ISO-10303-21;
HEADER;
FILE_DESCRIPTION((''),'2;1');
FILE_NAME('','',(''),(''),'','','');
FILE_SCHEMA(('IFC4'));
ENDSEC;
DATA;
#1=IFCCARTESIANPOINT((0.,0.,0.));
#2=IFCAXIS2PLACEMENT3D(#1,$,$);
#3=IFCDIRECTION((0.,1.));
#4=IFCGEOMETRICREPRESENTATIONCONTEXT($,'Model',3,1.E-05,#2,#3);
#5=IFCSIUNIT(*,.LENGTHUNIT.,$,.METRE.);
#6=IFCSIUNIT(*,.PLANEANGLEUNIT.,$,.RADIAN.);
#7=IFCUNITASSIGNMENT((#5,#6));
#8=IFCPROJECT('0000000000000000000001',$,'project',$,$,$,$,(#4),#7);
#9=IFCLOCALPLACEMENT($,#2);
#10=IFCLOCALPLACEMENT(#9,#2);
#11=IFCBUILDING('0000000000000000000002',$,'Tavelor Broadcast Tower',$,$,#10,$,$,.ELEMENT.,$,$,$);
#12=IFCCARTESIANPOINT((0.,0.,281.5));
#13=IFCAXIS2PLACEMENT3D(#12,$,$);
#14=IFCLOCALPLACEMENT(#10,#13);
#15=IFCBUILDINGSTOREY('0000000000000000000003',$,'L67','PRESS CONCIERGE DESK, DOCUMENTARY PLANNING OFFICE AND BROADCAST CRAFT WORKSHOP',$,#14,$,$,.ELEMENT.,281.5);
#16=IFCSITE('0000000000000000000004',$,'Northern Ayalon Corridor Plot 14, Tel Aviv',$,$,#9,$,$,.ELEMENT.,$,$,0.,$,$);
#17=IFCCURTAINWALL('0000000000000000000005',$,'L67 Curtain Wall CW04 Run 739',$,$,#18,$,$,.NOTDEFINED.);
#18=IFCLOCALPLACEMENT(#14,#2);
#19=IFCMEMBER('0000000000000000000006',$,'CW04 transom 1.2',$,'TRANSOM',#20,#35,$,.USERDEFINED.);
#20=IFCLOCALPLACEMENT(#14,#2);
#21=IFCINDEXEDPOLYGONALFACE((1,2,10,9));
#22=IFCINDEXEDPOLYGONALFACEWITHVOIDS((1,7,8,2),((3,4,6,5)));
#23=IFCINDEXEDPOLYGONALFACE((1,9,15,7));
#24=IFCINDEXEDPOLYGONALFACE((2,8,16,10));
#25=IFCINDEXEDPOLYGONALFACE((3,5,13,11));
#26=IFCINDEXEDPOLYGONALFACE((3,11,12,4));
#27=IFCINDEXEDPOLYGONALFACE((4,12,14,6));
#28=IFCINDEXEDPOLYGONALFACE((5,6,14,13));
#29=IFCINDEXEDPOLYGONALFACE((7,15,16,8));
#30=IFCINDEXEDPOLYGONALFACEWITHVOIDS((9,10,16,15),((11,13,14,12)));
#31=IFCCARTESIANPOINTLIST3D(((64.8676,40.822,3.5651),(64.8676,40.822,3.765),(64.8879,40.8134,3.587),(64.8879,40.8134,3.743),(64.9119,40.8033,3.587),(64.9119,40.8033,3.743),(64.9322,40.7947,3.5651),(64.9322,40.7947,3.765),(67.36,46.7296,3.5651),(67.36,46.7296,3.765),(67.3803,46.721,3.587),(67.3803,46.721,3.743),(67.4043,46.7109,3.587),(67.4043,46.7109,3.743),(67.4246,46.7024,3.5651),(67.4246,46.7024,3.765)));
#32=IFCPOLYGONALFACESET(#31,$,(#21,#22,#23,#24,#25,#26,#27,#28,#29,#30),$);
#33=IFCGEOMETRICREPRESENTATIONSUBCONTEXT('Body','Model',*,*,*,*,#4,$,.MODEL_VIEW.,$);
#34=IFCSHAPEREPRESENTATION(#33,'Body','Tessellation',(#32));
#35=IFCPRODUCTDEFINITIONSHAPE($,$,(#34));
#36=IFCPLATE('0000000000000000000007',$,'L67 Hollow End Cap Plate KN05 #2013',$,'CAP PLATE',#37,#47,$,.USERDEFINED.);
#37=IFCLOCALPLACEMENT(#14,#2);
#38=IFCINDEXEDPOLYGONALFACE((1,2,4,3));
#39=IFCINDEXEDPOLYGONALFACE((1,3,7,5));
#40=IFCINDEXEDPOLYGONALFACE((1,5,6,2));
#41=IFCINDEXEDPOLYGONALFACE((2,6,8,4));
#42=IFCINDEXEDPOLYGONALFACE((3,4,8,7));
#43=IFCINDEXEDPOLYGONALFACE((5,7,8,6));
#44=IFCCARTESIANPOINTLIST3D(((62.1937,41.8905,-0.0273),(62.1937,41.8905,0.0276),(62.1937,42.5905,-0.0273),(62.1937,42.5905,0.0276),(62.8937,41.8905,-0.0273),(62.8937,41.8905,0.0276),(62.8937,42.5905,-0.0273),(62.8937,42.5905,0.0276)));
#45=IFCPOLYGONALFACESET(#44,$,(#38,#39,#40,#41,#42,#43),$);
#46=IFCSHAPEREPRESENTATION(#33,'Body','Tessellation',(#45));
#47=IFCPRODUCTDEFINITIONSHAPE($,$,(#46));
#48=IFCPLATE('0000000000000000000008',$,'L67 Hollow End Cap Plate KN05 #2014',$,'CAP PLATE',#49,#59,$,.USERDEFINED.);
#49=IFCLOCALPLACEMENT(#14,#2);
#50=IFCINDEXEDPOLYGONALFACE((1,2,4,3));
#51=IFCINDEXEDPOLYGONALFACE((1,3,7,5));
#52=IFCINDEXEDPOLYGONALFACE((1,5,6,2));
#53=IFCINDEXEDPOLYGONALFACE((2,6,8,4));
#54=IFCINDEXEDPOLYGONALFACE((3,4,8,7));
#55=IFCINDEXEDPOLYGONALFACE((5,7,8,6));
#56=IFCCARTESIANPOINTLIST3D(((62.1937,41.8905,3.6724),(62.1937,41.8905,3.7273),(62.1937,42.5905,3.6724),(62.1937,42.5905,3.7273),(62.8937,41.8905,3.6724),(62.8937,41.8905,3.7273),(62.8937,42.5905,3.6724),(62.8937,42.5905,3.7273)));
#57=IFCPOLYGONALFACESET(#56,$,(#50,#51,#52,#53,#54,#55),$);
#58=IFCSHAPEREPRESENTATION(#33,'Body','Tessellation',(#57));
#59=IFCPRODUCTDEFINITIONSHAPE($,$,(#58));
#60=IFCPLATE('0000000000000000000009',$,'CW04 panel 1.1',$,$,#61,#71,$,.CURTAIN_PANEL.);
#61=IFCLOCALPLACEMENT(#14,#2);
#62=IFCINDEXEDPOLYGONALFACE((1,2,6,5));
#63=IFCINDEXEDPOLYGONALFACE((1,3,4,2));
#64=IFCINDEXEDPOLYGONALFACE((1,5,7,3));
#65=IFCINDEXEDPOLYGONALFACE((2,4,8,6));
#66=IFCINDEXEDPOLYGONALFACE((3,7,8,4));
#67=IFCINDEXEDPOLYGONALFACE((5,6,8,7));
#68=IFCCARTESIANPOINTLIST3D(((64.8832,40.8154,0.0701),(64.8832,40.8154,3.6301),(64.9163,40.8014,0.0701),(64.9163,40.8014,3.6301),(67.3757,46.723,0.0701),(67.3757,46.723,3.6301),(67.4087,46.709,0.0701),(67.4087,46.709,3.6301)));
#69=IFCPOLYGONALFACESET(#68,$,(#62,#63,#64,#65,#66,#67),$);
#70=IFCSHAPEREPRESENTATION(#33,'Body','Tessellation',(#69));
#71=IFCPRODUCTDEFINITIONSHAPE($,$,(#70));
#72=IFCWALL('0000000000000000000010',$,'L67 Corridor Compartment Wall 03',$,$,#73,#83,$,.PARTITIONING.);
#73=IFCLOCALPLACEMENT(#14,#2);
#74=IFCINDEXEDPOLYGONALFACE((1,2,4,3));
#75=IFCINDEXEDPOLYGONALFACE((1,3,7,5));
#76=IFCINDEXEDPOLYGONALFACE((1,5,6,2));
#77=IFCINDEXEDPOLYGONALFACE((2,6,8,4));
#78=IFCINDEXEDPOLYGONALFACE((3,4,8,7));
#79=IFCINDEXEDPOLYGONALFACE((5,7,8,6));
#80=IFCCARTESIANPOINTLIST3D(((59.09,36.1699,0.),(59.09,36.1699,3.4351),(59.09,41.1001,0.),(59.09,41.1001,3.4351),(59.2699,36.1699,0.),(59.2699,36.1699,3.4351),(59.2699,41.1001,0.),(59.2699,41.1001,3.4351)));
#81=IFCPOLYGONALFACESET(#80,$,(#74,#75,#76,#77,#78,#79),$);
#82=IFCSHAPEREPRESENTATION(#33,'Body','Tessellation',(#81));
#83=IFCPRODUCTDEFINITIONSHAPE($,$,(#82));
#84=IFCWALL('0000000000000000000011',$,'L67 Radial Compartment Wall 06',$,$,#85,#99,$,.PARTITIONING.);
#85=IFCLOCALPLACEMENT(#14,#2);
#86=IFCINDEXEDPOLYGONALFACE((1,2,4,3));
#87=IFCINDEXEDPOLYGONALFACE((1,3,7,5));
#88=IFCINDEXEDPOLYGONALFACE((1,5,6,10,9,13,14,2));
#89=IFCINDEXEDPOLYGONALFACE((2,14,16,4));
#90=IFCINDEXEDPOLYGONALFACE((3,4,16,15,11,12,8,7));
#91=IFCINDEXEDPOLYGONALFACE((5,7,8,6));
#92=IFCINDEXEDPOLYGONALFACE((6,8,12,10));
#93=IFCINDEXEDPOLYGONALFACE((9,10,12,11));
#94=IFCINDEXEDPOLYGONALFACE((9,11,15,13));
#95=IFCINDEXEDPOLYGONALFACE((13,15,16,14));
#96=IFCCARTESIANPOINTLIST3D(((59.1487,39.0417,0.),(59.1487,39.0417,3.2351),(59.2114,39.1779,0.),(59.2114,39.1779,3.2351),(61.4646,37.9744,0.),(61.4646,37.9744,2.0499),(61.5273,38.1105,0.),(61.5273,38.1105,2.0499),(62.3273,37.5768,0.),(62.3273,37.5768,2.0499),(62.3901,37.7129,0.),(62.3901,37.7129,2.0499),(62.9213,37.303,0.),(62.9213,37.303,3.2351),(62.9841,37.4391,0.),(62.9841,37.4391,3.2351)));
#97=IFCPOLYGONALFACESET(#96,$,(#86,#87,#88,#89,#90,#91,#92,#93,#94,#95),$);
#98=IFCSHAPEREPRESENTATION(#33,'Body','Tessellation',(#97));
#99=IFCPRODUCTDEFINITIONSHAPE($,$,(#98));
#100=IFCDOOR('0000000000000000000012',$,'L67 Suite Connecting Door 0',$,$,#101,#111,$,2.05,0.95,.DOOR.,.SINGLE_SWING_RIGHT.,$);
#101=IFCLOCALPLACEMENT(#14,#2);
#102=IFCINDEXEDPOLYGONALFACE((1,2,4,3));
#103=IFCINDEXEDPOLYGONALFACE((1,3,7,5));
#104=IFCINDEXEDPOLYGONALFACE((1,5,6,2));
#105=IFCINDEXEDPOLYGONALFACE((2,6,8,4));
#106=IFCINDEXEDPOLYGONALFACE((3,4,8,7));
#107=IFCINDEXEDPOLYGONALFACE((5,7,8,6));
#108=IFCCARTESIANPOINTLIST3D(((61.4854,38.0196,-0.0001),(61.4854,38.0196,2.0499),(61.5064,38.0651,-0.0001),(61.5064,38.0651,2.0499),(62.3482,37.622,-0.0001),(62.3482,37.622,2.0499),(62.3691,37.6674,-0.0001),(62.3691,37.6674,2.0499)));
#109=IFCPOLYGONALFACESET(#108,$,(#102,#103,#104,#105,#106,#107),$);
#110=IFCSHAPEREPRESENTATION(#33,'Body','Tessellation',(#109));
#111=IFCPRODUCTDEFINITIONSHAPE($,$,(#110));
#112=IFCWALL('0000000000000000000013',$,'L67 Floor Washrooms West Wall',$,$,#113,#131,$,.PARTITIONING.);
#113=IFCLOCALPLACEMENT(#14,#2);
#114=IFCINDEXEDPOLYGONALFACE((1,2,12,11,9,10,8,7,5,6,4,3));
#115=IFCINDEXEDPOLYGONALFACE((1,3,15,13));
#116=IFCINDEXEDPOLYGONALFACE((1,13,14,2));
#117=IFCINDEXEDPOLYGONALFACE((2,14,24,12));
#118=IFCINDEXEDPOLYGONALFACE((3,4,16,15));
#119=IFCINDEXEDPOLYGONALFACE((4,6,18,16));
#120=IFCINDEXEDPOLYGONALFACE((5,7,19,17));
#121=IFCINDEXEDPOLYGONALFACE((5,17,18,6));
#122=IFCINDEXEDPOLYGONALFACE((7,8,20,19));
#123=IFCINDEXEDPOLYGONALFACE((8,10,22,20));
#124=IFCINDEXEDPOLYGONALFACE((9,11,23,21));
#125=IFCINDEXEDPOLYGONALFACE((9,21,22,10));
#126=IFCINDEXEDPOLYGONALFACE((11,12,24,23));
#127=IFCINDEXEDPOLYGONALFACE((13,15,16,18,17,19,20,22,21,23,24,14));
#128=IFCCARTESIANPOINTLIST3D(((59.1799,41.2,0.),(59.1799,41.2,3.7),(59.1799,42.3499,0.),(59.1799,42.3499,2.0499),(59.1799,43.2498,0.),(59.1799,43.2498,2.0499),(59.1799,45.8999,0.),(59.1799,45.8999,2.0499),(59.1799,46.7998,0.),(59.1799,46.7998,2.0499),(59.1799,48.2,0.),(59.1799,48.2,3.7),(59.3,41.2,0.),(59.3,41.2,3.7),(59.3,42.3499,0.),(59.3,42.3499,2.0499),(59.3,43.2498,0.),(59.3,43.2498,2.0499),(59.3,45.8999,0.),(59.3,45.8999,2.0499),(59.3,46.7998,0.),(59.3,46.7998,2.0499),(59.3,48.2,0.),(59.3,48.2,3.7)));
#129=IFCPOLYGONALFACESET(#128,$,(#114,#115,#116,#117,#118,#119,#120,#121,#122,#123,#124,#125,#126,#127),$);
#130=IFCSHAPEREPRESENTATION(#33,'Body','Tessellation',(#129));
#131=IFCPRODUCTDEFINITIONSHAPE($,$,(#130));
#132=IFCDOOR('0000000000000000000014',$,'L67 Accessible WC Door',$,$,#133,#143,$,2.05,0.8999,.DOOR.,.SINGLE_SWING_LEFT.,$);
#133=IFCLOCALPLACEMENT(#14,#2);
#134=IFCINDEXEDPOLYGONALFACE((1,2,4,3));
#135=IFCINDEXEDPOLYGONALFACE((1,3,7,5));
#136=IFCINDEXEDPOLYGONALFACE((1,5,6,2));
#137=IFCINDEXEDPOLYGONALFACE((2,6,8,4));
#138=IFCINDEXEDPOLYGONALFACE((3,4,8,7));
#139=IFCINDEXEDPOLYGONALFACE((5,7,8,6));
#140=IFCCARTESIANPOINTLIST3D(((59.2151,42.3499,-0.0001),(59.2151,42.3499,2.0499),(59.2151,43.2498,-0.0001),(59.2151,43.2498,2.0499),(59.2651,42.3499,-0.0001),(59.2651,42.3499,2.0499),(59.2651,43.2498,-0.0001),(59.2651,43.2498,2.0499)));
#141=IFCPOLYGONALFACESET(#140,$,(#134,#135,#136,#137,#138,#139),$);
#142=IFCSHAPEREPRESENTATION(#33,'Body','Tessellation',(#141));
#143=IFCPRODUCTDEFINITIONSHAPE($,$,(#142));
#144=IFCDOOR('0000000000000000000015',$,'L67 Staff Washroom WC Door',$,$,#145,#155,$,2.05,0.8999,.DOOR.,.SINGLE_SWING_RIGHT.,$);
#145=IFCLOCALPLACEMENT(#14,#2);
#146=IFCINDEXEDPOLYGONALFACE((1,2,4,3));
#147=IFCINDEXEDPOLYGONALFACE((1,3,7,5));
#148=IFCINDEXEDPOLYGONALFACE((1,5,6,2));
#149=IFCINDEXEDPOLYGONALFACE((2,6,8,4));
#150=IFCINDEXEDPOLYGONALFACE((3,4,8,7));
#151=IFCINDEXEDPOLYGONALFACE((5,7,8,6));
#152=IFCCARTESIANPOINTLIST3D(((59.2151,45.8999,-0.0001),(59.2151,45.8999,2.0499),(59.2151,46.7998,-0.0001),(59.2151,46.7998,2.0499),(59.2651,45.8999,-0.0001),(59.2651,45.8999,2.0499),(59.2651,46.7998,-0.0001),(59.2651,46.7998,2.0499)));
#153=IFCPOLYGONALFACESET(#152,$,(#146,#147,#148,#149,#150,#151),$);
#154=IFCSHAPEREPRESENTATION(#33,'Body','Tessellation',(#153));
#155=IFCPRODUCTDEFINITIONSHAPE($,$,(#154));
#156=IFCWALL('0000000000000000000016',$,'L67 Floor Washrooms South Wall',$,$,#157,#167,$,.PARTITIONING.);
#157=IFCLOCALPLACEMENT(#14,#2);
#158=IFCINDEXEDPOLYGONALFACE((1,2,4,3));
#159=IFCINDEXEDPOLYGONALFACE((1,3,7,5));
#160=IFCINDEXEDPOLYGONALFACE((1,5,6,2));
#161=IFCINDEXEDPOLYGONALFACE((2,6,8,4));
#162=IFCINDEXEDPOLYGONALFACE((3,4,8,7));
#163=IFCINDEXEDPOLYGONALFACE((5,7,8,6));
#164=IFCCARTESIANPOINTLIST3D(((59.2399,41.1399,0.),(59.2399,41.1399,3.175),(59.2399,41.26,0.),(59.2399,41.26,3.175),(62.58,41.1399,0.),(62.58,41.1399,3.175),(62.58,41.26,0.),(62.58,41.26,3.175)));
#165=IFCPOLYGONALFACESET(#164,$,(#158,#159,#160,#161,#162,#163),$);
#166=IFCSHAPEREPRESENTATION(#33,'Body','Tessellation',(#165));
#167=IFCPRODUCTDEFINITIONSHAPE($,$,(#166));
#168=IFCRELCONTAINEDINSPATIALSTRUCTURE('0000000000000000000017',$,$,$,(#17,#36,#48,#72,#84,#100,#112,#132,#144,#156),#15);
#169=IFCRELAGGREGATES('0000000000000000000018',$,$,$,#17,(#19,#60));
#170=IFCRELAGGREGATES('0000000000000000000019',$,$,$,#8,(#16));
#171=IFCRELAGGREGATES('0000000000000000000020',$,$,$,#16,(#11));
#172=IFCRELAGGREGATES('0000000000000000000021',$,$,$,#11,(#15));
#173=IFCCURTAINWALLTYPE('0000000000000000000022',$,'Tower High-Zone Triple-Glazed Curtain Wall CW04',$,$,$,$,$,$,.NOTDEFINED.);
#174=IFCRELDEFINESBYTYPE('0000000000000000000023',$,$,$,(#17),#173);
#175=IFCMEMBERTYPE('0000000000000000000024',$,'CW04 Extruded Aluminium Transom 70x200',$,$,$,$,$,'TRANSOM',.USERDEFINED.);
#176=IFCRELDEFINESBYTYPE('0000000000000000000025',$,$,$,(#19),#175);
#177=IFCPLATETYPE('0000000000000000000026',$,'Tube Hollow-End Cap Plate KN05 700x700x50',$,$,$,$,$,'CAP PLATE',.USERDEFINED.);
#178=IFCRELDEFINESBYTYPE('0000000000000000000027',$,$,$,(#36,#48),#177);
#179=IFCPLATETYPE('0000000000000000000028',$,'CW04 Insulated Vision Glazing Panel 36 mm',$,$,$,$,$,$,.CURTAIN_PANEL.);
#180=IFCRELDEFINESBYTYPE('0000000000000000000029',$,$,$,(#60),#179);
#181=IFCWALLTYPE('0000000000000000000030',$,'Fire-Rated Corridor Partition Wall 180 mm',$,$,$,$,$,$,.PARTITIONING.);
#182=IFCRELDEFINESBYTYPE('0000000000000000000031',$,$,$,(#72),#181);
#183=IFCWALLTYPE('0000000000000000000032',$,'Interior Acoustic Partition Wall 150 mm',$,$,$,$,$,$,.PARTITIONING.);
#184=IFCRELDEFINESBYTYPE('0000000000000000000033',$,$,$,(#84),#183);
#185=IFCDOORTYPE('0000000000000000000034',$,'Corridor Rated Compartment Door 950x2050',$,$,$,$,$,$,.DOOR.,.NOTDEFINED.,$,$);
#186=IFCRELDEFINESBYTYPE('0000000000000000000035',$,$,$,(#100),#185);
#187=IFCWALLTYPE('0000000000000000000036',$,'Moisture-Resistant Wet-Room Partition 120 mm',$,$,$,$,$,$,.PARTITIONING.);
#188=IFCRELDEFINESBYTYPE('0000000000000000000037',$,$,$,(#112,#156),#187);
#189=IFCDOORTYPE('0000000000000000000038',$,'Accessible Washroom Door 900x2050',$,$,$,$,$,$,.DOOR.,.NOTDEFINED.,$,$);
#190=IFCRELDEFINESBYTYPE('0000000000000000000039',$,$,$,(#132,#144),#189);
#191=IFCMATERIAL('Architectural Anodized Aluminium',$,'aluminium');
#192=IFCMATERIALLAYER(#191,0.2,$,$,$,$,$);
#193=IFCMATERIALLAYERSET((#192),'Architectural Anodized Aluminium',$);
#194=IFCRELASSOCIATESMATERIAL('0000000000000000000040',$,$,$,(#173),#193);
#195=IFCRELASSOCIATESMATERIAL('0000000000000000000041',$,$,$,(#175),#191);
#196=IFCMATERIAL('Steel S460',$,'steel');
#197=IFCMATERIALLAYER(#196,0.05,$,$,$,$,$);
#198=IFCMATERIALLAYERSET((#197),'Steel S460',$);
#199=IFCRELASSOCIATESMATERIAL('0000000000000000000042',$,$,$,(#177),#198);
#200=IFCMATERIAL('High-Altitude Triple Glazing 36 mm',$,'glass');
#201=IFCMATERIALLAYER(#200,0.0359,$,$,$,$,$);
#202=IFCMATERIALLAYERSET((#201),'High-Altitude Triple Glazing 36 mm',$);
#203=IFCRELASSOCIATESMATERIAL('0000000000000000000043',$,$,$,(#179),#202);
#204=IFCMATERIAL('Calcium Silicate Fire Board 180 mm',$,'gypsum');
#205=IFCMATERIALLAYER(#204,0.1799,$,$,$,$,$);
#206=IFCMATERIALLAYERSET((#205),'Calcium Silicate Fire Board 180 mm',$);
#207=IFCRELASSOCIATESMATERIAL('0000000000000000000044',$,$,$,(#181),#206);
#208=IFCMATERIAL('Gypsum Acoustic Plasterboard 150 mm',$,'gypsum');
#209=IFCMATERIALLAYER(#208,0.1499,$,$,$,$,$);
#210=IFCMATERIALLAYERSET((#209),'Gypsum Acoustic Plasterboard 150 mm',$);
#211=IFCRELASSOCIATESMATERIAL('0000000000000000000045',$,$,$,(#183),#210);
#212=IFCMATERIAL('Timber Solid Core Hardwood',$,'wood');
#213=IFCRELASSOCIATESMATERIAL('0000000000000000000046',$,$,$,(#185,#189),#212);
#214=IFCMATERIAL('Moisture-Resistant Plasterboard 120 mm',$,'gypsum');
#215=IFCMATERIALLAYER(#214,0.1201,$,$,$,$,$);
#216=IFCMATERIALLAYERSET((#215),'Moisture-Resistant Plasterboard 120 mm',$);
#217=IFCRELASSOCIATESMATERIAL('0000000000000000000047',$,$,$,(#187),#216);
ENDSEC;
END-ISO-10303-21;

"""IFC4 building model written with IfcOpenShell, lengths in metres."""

from ifc_helpers import new_model, si_unit, direction, frame, frame_2d, origin, origin_2d, place, context, subcontext, project, spatial, rectangle, hollow_rectangle, extrude, source, transform, mapped, material, layer, layer_set, material_profile, profile_set, type_object, type_shapes, element, fill, aggregate, save


model = new_model("IFC4")

# Units and contexts
model_context = context("Model", 3, precision=1e-05, world=origin(), true_north=direction((0.0, 1.0)))
body_context = subcontext(model_context, "Body", "Model", "MODEL_VIEW")
ifc_project = project(units=[si_unit("LENGTHUNIT", "METRE"), si_unit("PLANEANGLEUNIT", "RADIAN")], contexts=[model_context])

# Site, building, storey
site_placement = place(None, origin())
site = spatial("IfcSite", under=ifc_project, at=site_placement, Name="Northern Ayalon Corridor Plot 14, Tel Aviv", CompositionType="ELEMENT", RefElevation=0.0)
building_placement = place(site_placement, origin())
building = spatial("IfcBuilding", under=site, at=building_placement, Name="Tavelor Broadcast Tower", CompositionType="ELEMENT")
storey_placement = place(building_placement, frame((0.0, 0.0, 281.5)))
storey = spatial("IfcBuildingStorey", under=building, at=storey_placement, Name="L67", Description="PRESS CONCIERGE DESK, DOCUMENTARY PLANNING OFFICE AND BROADCAST CRAFT WORKSHOP", CompositionType="ELEMENT", Elevation=281.5)

# Shared definitions
ifc_material_1 = material(Name="Steel S460", Category="steel")

# Shared definitions
ifc_material_2 = material(Name="Architectural Anodized Aluminium", Category="aluminium")
ifc_layer_1 = layer(ifc_material_2, 0.2)
ifc_layer_set_1 = layer_set([ifc_layer_1], Name="Architectural Anodized Aluminium")
curtain_wall_type = type_object("IfcCurtainWallType", Name="Tower High-Zone Triple-Glazed Curtain Wall CW04", PredefinedType="NOTDEFINED", material=ifc_layer_set_1)

# Curtain wall, member
curtain_wall_1_placement = place(storey_placement, origin())
curtain_wall_1 = element("IfcCurtainWall", 1, at=curtain_wall_1_placement, inside=storey, type_object=curtain_wall_type, Name="L67 Curtain Wall CW04 Run 739", PredefinedType="NOTDEFINED")
ifc_material_profile_1 = material_profile(ifc_material_2, hollow_rectangle(XDim=0.0701, YDim=0.2, WallThickness=0.022, at=origin_2d()), Name="RHS 70x200x22")
ifc_profile_set_1 = profile_set([ifc_material_profile_1], Name="Architectural Anodized Aluminium")
member_type_1 = type_object("IfcMemberType", Name="CW04 Extruded Aluminium Transom 70x200", ElementType="TRANSOM", PredefinedType="USERDEFINED", material=ifc_profile_set_1)
shared_shape_1 = source(origin(), body_context, "Body", "SweptSolid", [
    extrude(hollow_rectangle(XDim=0.0701, YDim=0.2, WallThickness=0.022, at=origin_2d()), origin(), (0.0, 0.0, 1.0), 6.4119),
])
type_shapes(member_type_1, [shared_shape_1])
member_1_placement = place(storey_placement, frame((64.8999, 40.8083, 3.665), z_axis=(0.388716, 0.921358, 0.0), x_axis=(-0.921358, 0.388716, 0.0)))
member_1 = element("IfcMember", 2, at=member_1_placement, type_object=member_type_1, Name="CW04 transom 1.2", ObjectType="TRANSOM", PredefinedType="USERDEFINED", context=body_context, shape_type="MappedRepresentation", body=[
    mapped(shared_shape_1, transform((0.0, 0.0, 0.0), scale=1.0)),
])

# Plates
ifc_layer_2 = layer(ifc_material_1, 0.05)
ifc_layer_set_2 = layer_set([ifc_layer_2], Name="Steel S460")
plate_type_1 = type_object("IfcPlateType", Name="Tube Hollow-End Cap Plate KN05 700x700x50", ElementType="CAP PLATE", PredefinedType="USERDEFINED", material=ifc_layer_set_2)
shared_shape_2 = source(origin(), body_context, "Body", "SweptSolid", [
    extrude(rectangle(XDim=0.7, YDim=0.7, at=origin_2d()), origin(), (0.0, 0.0, 1.0), 0.0549),
])
type_shapes(plate_type_1, [shared_shape_2])
for number, where, z_axis, x_axis, name in (
    (3, (62.5437, 42.2405, -0.0273), (0.0, 0.0, 1.0), (1.0, 0.0, 0.0), "L67 Hollow End Cap Plate KN05 #2013"),
    (4, (62.5437, 42.2405, 3.6724), (0.0, 0.0, 1.0), (1.0, 0.0, 0.0), "L67 Hollow End Cap Plate KN05 #2014"),
):
    element("IfcPlate", number, at=place(storey_placement, frame(where, z_axis=z_axis, x_axis=x_axis)), inside=storey, type_object=plate_type_1, Name=name, ObjectType="CAP PLATE", PredefinedType="USERDEFINED", context=body_context, shape_type="MappedRepresentation", body=[
        mapped(shared_shape_2, transform((0.0, 0.0, 0.0), scale=1.0)),
    ])

# Plate
ifc_material_3 = material(Name="High-Altitude Triple Glazing 36 mm", Category="glass")
ifc_layer_3 = layer(ifc_material_3, 0.0359)
ifc_layer_set_3 = layer_set([ifc_layer_3], Name="High-Altitude Triple Glazing 36 mm")
plate_type_2 = type_object("IfcPlateType", Name="CW04 Insulated Vision Glazing Panel 36 mm", PredefinedType="CURTAIN_PANEL", material=ifc_layer_set_3)
shared_shape_3 = source(origin(), body_context, "Body", "SweptSolid", [
    extrude(rectangle(XDim=6.4119, YDim=0.0359, at=origin_2d()), origin(), (0.0, 0.0, 1.0), 3.5601),
])
type_shapes(plate_type_2, [shared_shape_3])
plate_placement = place(storey_placement, frame((66.146, 43.7622, 0.0701), z_axis=(0.0, 0.0, 1.0), x_axis=(0.388722, 0.921355, 0.0)))
plate = element("IfcPlate", 5, at=plate_placement, type_object=plate_type_2, Name="CW04 panel 1.1", PredefinedType="CURTAIN_PANEL", context=body_context, shape_type="MappedRepresentation", body=[
    mapped(shared_shape_3, transform((0.0, 0.0, 0.0), scale=1.0)),
])
aggregate(curtain_wall_1, [member_1, plate])

# Wall
ifc_material_4 = material(Name="Calcium Silicate Fire Board 180 mm", Category="gypsum")
ifc_layer_4 = layer(ifc_material_4, 0.1799)
ifc_layer_set_4 = layer_set([ifc_layer_4], Name="Calcium Silicate Fire Board 180 mm")
wall_type_1 = type_object("IfcWallType", Name="Fire-Rated Corridor Partition Wall 180 mm", PredefinedType="PARTITIONING", material=ifc_layer_set_4)
wall_1_placement = place(storey_placement, frame((59.1799, 41.1001, 0.0), z_axis=(0.0, 0.0, 1.0), x_axis=(0.0, -1.0, 0.0)))
element("IfcWall", 6, at=wall_1_placement, inside=storey, type_object=wall_type_1, Name="L67 Corridor Compartment Wall 03", PredefinedType="PARTITIONING", context=body_context, shape_type="SweptSolid", body=[
    extrude(rectangle(XDim=4.9302, YDim=0.1799, at=frame_2d((2.4651, 0.0))), origin(), (0.0, 0.0, 1.0), 3.4351),
])

# Wall, opening, door
ifc_material_5 = material(Name="Gypsum Acoustic Plasterboard 150 mm", Category="gypsum")
ifc_layer_5 = layer(ifc_material_5, 0.1499)
ifc_layer_set_5 = layer_set([ifc_layer_5], Name="Gypsum Acoustic Plasterboard 150 mm")
wall_type_2 = type_object("IfcWallType", Name="Interior Acoustic Partition Wall 150 mm", PredefinedType="PARTITIONING", material=ifc_layer_set_5)
wall_2_placement = place(storey_placement, frame((59.1799, 39.1099, 0.0), z_axis=(0.0, 0.0, 1.0), x_axis=(0.908186, -0.418566, 0.0)))
wall_2 = element("IfcWall", 7, at=wall_2_placement, inside=storey, type_object=wall_type_2, Name="L67 Radial Compartment Wall 06", PredefinedType="PARTITIONING", context=body_context, shape_type="SweptSolid", body=[
    extrude(rectangle(XDim=4.1541, YDim=0.1499, at=frame_2d((2.0771, 0.0))), origin(), (0.0, 0.0, 1.0), 3.2351),
])
opening_1_placement = place(wall_2_placement, frame((2.55, 0.0, 0.0)))
opening_1 = element("IfcOpeningElement", 8, at=opening_1_placement, cuts=wall_2, PredefinedType="OPENING", context=body_context, shape_type="SweptSolid", body=[
    extrude(rectangle(XDim=0.95, YDim=2.05, at=frame_2d((0.4751, 1.0249))), frame((0.0, 0.085, 0.0), z_axis=(0.0, -1.0, 0.0), x_axis=(1.0, 0.0, 0.0)), (0.0, 0.0, 1.0), 0.1699),
])
ifc_material_6 = material(Name="Timber Solid Core Hardwood", Category="wood")
door_type_1 = type_object("IfcDoorType", Name="Corridor Rated Compartment Door 950x2050", OperationType="NOTDEFINED", PredefinedType="DOOR", material=ifc_material_6)
door_1_placement = place(opening_1_placement, origin())
door_1 = element("IfcDoor", 9, at=door_1_placement, inside=storey, type_object=door_type_1, Name="L67 Suite Connecting Door 0", OperationType="SINGLE_SWING_RIGHT", OverallHeight=2.05, OverallWidth=0.95, PredefinedType="DOOR", context=body_context, shape_type="SweptSolid", body=[
    extrude(rectangle(XDim=0.95, YDim=2.05, at=frame_2d((0.4751, 1.0249))), frame((0.0, 0.0249, 0.0), z_axis=(0.0, -1.0, 0.0), x_axis=(1.0, 0.0, 0.0)), (0.0, 0.0, 1.0), 0.05),
])
fill(opening_1, door_1)

# Wall, openings, doors
ifc_material_7 = material(Name="Moisture-Resistant Plasterboard 120 mm", Category="gypsum")
ifc_layer_6 = layer(ifc_material_7, 0.1201)
ifc_layer_set_6 = layer_set([ifc_layer_6], Name="Moisture-Resistant Plasterboard 120 mm")
wall_type_3 = type_object("IfcWallType", Name="Moisture-Resistant Wet-Room Partition 120 mm", PredefinedType="PARTITIONING", material=ifc_layer_set_6)
wall_3_placement = place(storey_placement, frame((59.24, 41.2, 0.0), z_axis=(0.0, 0.0, 1.0), x_axis=(0.0, 1.0, 0.0)))
wall_3 = element("IfcWall", 10, at=wall_3_placement, inside=storey, type_object=wall_type_3, Name="L67 Floor Washrooms West Wall", PredefinedType="PARTITIONING", context=body_context, shape_type="SweptSolid", body=[
    extrude(rectangle(XDim=7.0, YDim=0.1201, at=frame_2d((3.5, 0.0))), origin(), (0.0, 0.0, 1.0), 3.7),
])
opening_2_placement = place(wall_3_placement, frame((1.1499, 0.0, 0.0)))
opening_2 = element("IfcOpeningElement", 11, at=opening_2_placement, cuts=wall_3, PredefinedType="OPENING", context=body_context, shape_type="SweptSolid", body=[
    extrude(rectangle(XDim=0.8999, YDim=2.05, at=frame_2d((0.45, 1.0249))), frame((0.0, 0.0701, 0.0), z_axis=(0.0, -1.0, 0.0), x_axis=(1.0, 0.0, 0.0)), (0.0, 0.0, 1.0), 0.1401),
])
opening_3_placement = place(wall_3_placement, frame((4.7, 0.0, 0.0)))
opening_3 = element("IfcOpeningElement", 12, at=opening_3_placement, cuts=wall_3, PredefinedType="OPENING", context=body_context, shape_type="SweptSolid", body=[
    extrude(rectangle(XDim=0.8999, YDim=2.05, at=frame_2d((0.45, 1.0249))), frame((0.0, 0.0701, 0.0), z_axis=(0.0, -1.0, 0.0), x_axis=(1.0, 0.0, 0.0)), (0.0, 0.0, 1.0), 0.1401),
])
door_type_2 = type_object("IfcDoorType", Name="Accessible Washroom Door 900x2050", OperationType="NOTDEFINED", PredefinedType="DOOR", material=ifc_material_6)
door_2_placement = place(opening_2_placement, origin())
door_2 = element("IfcDoor", 13, at=door_2_placement, inside=storey, type_object=door_type_2, Name="L67 Accessible WC Door", OperationType="SINGLE_SWING_LEFT", OverallHeight=2.05, OverallWidth=0.8999, PredefinedType="DOOR", context=body_context, shape_type="SweptSolid", body=[
    extrude(rectangle(XDim=0.8999, YDim=2.05, at=frame_2d((0.45, 1.0249))), frame((0.0, 0.0249, 0.0), z_axis=(0.0, -1.0, 0.0), x_axis=(1.0, 0.0, 0.0)), (0.0, 0.0, 1.0), 0.05),
])
fill(opening_2, door_2)
door_3_placement = place(opening_3_placement, origin())
door_3 = element("IfcDoor", 14, at=door_3_placement, inside=storey, type_object=door_type_2, Name="L67 Staff Washroom WC Door", OperationType="SINGLE_SWING_RIGHT", OverallHeight=2.05, OverallWidth=0.8999, PredefinedType="DOOR", context=body_context, shape_type="SweptSolid", body=[
    extrude(rectangle(XDim=0.8999, YDim=2.05, at=frame_2d((0.45, 1.0249))), frame((0.0, 0.0249, 0.0), z_axis=(0.0, -1.0, 0.0), x_axis=(1.0, 0.0, 0.0)), (0.0, 0.0, 1.0), 0.05),
])
fill(opening_3, door_3)

# Wall
wall_4_placement = place(storey_placement, frame((59.24, 41.2, 0.0), z_axis=(0.0, 0.0, 1.0), x_axis=(1.0, 0.0, 0.0)))
element("IfcWall", 15, at=wall_4_placement, inside=storey, type_object=wall_type_3, Name="L67 Floor Washrooms South Wall", PredefinedType="PARTITIONING", context=body_context, shape_type="SweptSolid", body=[
    extrude(rectangle(XDim=3.3401, YDim=0.1201, at=frame_2d((1.6699, 0.0))), origin(), (0.0, 0.0, 1.0), 3.175),
])

save(model, "model.ifc")
